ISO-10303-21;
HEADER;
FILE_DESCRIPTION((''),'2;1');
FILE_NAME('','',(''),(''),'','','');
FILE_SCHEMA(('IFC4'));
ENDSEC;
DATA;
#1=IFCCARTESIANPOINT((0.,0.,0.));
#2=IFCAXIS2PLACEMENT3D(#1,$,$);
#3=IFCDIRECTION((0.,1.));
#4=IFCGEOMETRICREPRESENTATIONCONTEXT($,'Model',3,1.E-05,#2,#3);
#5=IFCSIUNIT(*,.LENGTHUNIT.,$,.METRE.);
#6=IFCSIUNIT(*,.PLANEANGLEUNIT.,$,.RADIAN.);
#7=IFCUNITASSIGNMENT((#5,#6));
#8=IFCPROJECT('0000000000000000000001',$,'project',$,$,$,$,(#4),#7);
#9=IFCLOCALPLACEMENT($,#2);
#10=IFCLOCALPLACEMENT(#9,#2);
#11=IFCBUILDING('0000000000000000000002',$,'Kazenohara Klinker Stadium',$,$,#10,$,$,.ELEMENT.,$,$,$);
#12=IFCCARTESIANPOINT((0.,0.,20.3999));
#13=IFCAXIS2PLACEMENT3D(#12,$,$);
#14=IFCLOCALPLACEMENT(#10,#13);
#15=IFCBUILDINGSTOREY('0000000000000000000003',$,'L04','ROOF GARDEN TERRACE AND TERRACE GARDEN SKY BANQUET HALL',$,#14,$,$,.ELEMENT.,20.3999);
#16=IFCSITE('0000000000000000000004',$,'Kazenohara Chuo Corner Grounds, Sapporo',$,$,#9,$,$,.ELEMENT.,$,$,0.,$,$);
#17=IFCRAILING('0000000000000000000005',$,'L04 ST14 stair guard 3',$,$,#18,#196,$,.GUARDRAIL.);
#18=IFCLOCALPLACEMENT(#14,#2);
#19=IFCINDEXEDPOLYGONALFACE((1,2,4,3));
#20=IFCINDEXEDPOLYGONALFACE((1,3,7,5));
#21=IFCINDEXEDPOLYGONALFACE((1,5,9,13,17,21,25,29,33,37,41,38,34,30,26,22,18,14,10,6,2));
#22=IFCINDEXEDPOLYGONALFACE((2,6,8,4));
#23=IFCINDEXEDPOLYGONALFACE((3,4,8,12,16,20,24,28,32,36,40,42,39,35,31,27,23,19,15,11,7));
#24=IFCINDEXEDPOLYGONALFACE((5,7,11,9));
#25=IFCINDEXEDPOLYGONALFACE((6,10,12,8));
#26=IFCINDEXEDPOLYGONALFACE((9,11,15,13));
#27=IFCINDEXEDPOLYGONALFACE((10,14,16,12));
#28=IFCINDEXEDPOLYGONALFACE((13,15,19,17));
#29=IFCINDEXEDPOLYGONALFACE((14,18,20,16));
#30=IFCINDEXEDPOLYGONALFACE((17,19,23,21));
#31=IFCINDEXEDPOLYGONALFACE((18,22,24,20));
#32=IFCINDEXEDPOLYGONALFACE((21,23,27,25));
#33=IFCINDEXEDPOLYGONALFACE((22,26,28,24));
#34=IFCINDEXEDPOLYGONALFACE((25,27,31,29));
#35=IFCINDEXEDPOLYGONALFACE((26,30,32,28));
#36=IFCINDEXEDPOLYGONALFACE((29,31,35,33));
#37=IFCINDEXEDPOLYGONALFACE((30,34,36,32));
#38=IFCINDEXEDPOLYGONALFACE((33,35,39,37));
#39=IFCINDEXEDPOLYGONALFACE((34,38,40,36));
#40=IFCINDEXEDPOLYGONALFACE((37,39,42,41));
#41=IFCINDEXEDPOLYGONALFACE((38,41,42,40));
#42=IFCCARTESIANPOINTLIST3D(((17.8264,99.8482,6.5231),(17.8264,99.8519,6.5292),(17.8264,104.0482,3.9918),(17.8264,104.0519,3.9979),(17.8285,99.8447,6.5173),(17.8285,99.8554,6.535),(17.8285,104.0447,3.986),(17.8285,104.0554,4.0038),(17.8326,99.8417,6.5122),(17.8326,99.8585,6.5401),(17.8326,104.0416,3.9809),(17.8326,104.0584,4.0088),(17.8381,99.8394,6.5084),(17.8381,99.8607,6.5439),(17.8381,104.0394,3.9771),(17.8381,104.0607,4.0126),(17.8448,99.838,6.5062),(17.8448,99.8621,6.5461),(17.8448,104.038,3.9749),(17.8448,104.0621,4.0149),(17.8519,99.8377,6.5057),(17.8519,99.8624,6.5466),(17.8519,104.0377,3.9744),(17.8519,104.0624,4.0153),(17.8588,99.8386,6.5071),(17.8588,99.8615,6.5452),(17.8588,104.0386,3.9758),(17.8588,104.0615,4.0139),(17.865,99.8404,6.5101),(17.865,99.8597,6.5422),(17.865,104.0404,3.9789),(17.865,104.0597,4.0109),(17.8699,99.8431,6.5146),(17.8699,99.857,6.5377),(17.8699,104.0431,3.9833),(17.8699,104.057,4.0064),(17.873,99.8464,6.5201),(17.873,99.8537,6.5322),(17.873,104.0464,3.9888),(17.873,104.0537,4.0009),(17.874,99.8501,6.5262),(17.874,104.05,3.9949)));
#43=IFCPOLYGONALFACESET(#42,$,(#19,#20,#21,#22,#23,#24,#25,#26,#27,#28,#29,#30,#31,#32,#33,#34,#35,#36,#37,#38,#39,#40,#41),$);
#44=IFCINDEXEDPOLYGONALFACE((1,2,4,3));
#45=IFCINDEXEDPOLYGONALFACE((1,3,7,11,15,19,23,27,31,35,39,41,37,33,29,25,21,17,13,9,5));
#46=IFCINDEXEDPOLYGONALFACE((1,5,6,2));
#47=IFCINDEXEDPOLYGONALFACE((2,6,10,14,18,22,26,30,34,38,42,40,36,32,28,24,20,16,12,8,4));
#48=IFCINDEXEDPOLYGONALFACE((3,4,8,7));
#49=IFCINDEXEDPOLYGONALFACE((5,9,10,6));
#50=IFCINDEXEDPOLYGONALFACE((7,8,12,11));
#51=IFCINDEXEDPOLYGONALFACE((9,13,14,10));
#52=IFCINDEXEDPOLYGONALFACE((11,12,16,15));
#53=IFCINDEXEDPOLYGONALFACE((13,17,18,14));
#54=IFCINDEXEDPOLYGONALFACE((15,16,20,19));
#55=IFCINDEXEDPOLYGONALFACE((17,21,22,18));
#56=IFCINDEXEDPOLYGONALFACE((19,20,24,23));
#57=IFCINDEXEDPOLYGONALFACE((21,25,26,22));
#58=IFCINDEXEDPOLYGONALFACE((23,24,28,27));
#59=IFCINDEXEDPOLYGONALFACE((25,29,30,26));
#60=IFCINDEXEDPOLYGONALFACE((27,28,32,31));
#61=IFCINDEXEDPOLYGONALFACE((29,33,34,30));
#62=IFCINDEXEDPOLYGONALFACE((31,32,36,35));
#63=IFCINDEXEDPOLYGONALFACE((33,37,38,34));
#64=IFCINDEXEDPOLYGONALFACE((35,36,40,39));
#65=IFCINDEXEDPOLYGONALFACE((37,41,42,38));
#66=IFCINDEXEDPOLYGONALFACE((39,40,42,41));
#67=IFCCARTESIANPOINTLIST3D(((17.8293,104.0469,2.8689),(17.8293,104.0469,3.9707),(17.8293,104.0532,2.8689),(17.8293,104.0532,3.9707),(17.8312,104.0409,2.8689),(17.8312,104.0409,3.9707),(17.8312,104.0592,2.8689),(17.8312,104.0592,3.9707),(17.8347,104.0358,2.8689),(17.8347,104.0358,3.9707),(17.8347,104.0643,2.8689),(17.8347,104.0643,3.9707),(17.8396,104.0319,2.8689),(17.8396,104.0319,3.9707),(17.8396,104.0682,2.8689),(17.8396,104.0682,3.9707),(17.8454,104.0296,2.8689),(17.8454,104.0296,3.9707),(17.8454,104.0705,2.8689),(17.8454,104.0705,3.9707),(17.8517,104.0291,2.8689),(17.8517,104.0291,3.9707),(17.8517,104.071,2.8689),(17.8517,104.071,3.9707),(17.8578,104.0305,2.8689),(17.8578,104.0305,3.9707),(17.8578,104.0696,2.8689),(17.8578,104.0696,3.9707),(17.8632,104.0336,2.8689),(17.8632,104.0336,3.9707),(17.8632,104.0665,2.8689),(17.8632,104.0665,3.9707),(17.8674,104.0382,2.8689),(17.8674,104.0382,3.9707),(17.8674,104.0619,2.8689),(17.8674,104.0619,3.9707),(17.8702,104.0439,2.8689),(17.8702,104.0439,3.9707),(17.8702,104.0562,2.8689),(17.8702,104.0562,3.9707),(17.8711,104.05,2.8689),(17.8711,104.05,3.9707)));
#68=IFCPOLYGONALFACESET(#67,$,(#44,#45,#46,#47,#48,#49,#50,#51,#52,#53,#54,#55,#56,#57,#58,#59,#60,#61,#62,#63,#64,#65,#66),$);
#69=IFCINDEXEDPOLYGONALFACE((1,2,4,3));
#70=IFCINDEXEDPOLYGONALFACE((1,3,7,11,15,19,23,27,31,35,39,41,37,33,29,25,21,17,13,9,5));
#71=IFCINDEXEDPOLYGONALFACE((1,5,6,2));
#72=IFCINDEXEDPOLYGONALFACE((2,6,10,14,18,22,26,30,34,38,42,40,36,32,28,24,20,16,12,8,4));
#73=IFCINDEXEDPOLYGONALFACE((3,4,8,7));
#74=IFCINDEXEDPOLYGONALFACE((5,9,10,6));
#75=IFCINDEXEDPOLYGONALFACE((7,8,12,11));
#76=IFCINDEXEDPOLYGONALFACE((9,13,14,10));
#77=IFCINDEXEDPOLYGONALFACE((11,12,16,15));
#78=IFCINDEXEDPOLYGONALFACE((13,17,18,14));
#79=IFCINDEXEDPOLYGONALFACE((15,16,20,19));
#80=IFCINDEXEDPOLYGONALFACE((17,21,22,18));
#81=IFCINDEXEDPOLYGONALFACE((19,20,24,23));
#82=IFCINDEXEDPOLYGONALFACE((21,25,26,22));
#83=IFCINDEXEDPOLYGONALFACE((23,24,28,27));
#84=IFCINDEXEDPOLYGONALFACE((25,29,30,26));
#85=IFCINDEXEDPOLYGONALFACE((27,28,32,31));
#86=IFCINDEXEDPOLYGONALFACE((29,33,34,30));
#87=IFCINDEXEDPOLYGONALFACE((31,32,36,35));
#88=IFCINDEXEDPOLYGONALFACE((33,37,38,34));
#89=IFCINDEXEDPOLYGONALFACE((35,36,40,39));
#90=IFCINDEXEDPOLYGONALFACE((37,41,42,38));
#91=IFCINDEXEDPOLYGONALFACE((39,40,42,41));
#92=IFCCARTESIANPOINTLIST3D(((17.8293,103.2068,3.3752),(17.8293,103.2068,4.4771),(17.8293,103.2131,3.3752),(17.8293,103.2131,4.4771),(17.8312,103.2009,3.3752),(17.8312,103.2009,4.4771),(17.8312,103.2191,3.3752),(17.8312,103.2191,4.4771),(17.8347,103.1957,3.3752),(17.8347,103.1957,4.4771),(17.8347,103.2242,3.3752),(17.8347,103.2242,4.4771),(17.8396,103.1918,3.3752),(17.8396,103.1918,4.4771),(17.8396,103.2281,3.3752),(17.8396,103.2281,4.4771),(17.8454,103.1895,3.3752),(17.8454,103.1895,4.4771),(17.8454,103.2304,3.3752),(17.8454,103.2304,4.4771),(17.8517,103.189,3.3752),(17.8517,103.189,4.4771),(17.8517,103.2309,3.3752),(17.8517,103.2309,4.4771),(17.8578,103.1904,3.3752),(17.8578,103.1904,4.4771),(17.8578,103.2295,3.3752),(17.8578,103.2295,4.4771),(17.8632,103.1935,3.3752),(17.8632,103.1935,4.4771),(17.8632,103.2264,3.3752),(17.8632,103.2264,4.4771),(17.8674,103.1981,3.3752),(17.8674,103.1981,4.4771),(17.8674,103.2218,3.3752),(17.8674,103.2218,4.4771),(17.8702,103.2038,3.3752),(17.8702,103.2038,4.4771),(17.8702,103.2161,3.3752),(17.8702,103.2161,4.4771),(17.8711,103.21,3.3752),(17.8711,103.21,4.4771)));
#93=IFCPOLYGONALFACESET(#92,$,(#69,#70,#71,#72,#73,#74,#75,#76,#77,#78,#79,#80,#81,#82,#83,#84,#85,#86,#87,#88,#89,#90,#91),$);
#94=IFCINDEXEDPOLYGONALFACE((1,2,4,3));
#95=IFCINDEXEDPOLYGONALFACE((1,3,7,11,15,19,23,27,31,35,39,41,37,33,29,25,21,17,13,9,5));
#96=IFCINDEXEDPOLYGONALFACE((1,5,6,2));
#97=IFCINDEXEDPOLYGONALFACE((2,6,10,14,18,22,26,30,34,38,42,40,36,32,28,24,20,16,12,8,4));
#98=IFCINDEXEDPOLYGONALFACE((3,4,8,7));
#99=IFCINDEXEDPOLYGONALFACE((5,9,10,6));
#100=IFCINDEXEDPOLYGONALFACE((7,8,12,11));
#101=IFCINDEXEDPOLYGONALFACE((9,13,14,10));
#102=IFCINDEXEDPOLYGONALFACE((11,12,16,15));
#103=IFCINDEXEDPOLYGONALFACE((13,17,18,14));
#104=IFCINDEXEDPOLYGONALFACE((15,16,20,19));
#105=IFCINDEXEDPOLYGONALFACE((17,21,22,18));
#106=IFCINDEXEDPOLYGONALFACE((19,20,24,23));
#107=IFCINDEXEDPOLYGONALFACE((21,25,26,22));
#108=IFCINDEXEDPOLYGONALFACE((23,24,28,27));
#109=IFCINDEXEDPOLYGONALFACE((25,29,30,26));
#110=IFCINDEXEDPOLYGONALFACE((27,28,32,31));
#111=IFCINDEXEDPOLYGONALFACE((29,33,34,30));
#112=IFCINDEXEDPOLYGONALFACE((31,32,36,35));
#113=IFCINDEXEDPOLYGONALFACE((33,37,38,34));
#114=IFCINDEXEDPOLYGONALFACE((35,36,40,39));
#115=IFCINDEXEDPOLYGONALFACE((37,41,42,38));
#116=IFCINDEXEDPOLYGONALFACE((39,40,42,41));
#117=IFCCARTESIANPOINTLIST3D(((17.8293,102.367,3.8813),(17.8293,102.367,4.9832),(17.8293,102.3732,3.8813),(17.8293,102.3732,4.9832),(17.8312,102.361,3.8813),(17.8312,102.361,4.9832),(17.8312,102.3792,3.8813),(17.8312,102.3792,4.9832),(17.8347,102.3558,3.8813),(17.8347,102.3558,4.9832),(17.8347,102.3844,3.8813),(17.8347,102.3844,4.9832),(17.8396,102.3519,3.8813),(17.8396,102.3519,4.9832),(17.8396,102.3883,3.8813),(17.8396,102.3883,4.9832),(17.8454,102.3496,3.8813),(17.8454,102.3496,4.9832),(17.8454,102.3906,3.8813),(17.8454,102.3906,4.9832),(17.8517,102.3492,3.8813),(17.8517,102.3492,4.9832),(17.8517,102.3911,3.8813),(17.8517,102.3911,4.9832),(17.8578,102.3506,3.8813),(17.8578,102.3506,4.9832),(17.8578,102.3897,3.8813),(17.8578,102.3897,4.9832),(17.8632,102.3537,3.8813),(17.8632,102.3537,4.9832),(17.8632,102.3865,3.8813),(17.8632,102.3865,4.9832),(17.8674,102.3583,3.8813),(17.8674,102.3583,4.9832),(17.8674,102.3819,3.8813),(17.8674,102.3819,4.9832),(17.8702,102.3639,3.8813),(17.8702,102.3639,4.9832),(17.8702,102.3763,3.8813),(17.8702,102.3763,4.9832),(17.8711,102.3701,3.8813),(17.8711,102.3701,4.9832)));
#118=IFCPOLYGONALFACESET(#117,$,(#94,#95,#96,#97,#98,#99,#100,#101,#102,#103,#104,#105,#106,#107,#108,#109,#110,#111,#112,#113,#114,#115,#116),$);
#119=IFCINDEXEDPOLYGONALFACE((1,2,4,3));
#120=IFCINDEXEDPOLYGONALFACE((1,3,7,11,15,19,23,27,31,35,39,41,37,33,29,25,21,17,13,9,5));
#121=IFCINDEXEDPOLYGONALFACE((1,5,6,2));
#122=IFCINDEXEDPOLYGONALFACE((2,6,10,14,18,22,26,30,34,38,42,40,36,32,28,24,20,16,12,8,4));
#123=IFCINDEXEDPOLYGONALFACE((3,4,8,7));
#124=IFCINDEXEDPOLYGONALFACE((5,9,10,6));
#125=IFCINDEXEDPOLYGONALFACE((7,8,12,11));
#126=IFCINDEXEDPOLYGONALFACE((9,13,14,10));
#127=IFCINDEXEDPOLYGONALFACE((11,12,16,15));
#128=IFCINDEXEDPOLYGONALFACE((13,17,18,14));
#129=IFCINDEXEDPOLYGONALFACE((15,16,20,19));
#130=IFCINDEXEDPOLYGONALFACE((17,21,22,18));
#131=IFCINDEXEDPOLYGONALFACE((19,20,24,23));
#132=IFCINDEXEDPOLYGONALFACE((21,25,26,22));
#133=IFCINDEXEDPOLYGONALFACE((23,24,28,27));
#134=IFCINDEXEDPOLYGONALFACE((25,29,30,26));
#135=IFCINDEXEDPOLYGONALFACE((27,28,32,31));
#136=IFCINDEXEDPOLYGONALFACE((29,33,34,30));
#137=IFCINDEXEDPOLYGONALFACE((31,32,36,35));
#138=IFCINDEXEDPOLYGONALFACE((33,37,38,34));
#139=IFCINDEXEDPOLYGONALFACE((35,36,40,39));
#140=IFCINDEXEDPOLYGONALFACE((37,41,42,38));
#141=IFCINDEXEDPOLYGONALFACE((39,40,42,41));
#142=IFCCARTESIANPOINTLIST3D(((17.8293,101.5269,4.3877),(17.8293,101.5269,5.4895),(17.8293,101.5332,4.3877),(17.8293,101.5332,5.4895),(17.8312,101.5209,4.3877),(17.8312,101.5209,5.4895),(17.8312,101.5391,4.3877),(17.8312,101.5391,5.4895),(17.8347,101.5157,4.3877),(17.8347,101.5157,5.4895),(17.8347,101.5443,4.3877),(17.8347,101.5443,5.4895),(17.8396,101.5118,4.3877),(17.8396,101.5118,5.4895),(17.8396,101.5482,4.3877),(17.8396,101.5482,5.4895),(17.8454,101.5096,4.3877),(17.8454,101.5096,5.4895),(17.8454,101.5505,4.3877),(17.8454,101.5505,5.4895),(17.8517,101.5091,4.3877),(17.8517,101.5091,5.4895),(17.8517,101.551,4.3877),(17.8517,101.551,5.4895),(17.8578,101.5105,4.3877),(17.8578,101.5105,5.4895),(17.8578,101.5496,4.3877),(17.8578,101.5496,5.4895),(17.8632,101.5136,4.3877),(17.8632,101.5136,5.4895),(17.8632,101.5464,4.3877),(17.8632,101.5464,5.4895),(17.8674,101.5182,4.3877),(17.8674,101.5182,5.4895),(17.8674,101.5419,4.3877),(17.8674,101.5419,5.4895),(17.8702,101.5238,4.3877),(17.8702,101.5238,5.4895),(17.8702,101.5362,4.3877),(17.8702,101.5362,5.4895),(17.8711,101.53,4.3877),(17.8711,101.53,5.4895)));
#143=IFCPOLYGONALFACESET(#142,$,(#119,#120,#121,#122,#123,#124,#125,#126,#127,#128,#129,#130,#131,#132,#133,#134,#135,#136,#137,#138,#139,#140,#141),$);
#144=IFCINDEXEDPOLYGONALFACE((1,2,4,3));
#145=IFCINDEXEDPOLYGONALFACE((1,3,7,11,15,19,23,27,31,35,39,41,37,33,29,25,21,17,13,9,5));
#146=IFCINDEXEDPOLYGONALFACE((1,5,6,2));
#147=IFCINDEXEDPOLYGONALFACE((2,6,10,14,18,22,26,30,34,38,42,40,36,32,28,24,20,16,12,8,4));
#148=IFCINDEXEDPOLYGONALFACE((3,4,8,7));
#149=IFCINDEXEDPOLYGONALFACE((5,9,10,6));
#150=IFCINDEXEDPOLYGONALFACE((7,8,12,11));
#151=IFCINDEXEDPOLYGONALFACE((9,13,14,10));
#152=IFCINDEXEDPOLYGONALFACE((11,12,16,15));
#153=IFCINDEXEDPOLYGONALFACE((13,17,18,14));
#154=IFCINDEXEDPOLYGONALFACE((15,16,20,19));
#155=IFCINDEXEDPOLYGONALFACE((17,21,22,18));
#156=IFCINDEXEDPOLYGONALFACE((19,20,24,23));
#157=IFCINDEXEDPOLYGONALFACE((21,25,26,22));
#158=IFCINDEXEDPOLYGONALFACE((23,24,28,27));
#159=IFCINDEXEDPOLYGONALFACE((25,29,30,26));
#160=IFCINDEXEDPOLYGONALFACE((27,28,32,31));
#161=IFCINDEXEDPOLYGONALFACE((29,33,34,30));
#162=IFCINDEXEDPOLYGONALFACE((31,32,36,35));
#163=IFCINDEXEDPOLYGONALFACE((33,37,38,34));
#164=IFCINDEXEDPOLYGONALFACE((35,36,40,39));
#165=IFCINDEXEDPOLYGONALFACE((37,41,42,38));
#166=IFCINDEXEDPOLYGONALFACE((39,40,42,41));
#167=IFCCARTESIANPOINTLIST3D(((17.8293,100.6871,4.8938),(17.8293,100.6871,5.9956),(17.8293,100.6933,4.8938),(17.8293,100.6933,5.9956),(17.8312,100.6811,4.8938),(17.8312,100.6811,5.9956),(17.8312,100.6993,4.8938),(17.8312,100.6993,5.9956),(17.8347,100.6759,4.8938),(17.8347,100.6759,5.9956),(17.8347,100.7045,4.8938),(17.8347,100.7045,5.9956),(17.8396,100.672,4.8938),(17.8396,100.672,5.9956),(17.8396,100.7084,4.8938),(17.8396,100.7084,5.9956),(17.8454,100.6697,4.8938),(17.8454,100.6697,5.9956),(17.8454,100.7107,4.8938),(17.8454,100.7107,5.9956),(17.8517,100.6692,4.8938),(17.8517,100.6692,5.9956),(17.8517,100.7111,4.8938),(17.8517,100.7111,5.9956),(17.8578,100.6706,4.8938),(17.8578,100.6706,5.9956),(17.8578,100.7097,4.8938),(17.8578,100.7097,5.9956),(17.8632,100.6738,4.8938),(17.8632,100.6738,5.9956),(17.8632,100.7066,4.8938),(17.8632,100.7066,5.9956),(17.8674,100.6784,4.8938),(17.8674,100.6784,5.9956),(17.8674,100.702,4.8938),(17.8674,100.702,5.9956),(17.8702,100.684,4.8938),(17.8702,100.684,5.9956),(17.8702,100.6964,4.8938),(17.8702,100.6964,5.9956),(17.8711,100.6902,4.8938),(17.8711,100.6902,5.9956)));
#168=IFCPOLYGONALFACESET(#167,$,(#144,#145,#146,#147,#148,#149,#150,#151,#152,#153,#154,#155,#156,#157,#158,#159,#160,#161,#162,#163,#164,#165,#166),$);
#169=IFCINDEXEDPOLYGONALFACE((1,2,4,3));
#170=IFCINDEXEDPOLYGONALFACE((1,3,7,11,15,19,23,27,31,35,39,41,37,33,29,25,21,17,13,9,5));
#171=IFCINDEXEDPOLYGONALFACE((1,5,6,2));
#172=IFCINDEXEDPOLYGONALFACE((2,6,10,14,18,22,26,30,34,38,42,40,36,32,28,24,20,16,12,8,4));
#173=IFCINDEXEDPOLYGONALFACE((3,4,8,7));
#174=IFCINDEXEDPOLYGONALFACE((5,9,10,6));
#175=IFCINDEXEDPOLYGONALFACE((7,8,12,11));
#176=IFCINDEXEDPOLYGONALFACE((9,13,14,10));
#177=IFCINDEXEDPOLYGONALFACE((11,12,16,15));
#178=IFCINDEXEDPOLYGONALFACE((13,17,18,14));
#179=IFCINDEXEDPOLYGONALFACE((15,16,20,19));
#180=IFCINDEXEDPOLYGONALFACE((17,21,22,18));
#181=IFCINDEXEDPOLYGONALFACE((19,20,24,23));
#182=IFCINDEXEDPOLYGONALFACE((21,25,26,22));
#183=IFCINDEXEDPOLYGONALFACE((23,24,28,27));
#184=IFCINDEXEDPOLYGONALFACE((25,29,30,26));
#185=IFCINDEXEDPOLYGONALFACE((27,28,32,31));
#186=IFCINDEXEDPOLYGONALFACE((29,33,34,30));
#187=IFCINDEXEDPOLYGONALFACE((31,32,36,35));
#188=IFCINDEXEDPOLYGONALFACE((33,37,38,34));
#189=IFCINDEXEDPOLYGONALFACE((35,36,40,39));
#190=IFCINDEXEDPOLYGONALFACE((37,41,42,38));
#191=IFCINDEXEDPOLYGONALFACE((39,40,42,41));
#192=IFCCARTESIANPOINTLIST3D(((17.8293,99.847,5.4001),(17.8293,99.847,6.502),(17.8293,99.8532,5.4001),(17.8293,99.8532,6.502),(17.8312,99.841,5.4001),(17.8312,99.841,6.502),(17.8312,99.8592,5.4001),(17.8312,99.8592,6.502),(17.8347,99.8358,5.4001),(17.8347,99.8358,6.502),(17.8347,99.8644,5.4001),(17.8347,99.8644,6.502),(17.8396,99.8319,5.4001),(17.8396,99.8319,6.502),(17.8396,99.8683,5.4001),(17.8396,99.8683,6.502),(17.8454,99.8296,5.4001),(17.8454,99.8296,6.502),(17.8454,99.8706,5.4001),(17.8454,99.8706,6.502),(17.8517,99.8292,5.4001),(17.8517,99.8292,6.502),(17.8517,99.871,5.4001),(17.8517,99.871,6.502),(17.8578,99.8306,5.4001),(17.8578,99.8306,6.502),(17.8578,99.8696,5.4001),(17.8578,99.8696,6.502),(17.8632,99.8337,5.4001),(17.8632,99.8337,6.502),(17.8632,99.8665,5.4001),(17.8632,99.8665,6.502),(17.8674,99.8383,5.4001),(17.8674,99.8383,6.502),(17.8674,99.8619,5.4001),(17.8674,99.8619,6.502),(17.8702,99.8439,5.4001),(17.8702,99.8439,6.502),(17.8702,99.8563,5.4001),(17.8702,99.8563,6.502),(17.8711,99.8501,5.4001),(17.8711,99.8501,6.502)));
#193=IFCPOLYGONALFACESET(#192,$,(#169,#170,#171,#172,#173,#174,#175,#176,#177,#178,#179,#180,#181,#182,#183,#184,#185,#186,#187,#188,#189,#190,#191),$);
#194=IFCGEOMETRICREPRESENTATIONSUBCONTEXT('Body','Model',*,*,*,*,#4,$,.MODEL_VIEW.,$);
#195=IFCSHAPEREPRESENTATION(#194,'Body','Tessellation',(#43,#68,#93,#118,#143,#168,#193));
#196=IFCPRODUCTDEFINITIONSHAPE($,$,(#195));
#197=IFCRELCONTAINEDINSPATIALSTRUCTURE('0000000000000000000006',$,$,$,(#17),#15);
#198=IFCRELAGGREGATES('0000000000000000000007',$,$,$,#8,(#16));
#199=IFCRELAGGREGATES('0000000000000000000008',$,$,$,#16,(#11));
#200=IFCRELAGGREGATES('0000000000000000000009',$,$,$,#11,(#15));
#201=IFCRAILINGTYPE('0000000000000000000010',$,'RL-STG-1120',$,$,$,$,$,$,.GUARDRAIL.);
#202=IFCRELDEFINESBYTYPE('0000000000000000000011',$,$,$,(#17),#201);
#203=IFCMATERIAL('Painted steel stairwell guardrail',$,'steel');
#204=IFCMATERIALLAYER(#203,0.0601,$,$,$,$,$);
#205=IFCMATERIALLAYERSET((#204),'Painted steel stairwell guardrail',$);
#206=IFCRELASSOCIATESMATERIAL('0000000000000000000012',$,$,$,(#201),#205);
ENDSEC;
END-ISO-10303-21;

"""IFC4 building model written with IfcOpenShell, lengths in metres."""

from ifc_helpers import new_model, si_unit, direction, frame, origin, origin_2d, place, context, subcontext, project, spatial, circle, extrude, material, layer, layer_set, type_object, element, save


model = new_model("IFC4")

# Units and contexts
model_context = context("Model", 3, precision=1e-05, world=origin(), true_north=direction((0.0, 1.0)))
body_context = subcontext(model_context, "Body", "Model", "MODEL_VIEW")
ifc_project = project(units=[si_unit("LENGTHUNIT", "METRE"), si_unit("PLANEANGLEUNIT", "RADIAN")], contexts=[model_context])

# Site, building, storey
site_placement = place(None, origin())
site = spatial("IfcSite", under=ifc_project, at=site_placement, Name="Kazenohara Chuo Corner Grounds, Sapporo", CompositionType="ELEMENT", RefElevation=0.0)
building_placement = place(site_placement, origin())
building = spatial("IfcBuilding", under=site, at=building_placement, Name="Kazenohara Klinker Stadium", CompositionType="ELEMENT")
storey_placement = place(building_placement, frame((0.0, 0.0, 20.3999)))
storey = spatial("IfcBuildingStorey", under=building, at=storey_placement, Name="L04", Description="ROOF GARDEN TERRACE AND TERRACE GARDEN SKY BANQUET HALL", CompositionType="ELEMENT", Elevation=20.3999)

# Railing
ifc_material_1 = material(Name="Painted steel stairwell guardrail", Category="steel")
ifc_layer_1 = layer(ifc_material_1, 0.0601)
ifc_layer_set_1 = layer_set([ifc_layer_1], Name="Painted steel stairwell guardrail")
railing_type_1 = type_object("IfcRailingType", Name="RL-STG-1120", PredefinedType="GUARDRAIL", material=ifc_layer_set_1)
railing_1_placement = place(storey_placement, frame((17.8501, 104.05, 2.8689)))
element("IfcRailing", 1, at=railing_1_placement, inside=storey, type_object=railing_type_1, Name="L04 ST14 stair guard 3", PredefinedType="GUARDRAIL", context=body_context, shape_type="SweptSolid", body=[
    extrude(circle(Radius=0.0239, at=origin_2d()), frame((0.0, 0.0, 1.126), z_axis=(0.0, -0.856476, 0.516186), x_axis=(1.0, 0.0, 0.0)), (0.0, 0.0, 1.0), 4.9038),
    extrude(circle(Radius=0.021, at=origin_2d()), origin(), (0.0, 0.0, 1.0), 1.1018),
    extrude(circle(Radius=0.021, at=origin_2d()), frame((0.0, -0.8401, 0.5063)), (0.0, 0.0, 1.0), 1.1018),
    extrude(circle(Radius=0.021, at=origin_2d()), frame((0.0, -1.6799, 1.0125)), (0.0, 0.0, 1.0), 1.1018),
    extrude(circle(Radius=0.021, at=origin_2d()), frame((0.0, -2.52, 1.5188)), (0.0, 0.0, 1.0), 1.1018),
    extrude(circle(Radius=0.021, at=origin_2d()), frame((0.0, -3.3599, 2.0249)), (0.0, 0.0, 1.0), 1.1018),
    extrude(circle(Radius=0.021, at=origin_2d()), frame((0.0, -4.2, 2.5312)), (0.0, 0.0, 1.0), 1.1018),
])

save(model, "model.ifc")
